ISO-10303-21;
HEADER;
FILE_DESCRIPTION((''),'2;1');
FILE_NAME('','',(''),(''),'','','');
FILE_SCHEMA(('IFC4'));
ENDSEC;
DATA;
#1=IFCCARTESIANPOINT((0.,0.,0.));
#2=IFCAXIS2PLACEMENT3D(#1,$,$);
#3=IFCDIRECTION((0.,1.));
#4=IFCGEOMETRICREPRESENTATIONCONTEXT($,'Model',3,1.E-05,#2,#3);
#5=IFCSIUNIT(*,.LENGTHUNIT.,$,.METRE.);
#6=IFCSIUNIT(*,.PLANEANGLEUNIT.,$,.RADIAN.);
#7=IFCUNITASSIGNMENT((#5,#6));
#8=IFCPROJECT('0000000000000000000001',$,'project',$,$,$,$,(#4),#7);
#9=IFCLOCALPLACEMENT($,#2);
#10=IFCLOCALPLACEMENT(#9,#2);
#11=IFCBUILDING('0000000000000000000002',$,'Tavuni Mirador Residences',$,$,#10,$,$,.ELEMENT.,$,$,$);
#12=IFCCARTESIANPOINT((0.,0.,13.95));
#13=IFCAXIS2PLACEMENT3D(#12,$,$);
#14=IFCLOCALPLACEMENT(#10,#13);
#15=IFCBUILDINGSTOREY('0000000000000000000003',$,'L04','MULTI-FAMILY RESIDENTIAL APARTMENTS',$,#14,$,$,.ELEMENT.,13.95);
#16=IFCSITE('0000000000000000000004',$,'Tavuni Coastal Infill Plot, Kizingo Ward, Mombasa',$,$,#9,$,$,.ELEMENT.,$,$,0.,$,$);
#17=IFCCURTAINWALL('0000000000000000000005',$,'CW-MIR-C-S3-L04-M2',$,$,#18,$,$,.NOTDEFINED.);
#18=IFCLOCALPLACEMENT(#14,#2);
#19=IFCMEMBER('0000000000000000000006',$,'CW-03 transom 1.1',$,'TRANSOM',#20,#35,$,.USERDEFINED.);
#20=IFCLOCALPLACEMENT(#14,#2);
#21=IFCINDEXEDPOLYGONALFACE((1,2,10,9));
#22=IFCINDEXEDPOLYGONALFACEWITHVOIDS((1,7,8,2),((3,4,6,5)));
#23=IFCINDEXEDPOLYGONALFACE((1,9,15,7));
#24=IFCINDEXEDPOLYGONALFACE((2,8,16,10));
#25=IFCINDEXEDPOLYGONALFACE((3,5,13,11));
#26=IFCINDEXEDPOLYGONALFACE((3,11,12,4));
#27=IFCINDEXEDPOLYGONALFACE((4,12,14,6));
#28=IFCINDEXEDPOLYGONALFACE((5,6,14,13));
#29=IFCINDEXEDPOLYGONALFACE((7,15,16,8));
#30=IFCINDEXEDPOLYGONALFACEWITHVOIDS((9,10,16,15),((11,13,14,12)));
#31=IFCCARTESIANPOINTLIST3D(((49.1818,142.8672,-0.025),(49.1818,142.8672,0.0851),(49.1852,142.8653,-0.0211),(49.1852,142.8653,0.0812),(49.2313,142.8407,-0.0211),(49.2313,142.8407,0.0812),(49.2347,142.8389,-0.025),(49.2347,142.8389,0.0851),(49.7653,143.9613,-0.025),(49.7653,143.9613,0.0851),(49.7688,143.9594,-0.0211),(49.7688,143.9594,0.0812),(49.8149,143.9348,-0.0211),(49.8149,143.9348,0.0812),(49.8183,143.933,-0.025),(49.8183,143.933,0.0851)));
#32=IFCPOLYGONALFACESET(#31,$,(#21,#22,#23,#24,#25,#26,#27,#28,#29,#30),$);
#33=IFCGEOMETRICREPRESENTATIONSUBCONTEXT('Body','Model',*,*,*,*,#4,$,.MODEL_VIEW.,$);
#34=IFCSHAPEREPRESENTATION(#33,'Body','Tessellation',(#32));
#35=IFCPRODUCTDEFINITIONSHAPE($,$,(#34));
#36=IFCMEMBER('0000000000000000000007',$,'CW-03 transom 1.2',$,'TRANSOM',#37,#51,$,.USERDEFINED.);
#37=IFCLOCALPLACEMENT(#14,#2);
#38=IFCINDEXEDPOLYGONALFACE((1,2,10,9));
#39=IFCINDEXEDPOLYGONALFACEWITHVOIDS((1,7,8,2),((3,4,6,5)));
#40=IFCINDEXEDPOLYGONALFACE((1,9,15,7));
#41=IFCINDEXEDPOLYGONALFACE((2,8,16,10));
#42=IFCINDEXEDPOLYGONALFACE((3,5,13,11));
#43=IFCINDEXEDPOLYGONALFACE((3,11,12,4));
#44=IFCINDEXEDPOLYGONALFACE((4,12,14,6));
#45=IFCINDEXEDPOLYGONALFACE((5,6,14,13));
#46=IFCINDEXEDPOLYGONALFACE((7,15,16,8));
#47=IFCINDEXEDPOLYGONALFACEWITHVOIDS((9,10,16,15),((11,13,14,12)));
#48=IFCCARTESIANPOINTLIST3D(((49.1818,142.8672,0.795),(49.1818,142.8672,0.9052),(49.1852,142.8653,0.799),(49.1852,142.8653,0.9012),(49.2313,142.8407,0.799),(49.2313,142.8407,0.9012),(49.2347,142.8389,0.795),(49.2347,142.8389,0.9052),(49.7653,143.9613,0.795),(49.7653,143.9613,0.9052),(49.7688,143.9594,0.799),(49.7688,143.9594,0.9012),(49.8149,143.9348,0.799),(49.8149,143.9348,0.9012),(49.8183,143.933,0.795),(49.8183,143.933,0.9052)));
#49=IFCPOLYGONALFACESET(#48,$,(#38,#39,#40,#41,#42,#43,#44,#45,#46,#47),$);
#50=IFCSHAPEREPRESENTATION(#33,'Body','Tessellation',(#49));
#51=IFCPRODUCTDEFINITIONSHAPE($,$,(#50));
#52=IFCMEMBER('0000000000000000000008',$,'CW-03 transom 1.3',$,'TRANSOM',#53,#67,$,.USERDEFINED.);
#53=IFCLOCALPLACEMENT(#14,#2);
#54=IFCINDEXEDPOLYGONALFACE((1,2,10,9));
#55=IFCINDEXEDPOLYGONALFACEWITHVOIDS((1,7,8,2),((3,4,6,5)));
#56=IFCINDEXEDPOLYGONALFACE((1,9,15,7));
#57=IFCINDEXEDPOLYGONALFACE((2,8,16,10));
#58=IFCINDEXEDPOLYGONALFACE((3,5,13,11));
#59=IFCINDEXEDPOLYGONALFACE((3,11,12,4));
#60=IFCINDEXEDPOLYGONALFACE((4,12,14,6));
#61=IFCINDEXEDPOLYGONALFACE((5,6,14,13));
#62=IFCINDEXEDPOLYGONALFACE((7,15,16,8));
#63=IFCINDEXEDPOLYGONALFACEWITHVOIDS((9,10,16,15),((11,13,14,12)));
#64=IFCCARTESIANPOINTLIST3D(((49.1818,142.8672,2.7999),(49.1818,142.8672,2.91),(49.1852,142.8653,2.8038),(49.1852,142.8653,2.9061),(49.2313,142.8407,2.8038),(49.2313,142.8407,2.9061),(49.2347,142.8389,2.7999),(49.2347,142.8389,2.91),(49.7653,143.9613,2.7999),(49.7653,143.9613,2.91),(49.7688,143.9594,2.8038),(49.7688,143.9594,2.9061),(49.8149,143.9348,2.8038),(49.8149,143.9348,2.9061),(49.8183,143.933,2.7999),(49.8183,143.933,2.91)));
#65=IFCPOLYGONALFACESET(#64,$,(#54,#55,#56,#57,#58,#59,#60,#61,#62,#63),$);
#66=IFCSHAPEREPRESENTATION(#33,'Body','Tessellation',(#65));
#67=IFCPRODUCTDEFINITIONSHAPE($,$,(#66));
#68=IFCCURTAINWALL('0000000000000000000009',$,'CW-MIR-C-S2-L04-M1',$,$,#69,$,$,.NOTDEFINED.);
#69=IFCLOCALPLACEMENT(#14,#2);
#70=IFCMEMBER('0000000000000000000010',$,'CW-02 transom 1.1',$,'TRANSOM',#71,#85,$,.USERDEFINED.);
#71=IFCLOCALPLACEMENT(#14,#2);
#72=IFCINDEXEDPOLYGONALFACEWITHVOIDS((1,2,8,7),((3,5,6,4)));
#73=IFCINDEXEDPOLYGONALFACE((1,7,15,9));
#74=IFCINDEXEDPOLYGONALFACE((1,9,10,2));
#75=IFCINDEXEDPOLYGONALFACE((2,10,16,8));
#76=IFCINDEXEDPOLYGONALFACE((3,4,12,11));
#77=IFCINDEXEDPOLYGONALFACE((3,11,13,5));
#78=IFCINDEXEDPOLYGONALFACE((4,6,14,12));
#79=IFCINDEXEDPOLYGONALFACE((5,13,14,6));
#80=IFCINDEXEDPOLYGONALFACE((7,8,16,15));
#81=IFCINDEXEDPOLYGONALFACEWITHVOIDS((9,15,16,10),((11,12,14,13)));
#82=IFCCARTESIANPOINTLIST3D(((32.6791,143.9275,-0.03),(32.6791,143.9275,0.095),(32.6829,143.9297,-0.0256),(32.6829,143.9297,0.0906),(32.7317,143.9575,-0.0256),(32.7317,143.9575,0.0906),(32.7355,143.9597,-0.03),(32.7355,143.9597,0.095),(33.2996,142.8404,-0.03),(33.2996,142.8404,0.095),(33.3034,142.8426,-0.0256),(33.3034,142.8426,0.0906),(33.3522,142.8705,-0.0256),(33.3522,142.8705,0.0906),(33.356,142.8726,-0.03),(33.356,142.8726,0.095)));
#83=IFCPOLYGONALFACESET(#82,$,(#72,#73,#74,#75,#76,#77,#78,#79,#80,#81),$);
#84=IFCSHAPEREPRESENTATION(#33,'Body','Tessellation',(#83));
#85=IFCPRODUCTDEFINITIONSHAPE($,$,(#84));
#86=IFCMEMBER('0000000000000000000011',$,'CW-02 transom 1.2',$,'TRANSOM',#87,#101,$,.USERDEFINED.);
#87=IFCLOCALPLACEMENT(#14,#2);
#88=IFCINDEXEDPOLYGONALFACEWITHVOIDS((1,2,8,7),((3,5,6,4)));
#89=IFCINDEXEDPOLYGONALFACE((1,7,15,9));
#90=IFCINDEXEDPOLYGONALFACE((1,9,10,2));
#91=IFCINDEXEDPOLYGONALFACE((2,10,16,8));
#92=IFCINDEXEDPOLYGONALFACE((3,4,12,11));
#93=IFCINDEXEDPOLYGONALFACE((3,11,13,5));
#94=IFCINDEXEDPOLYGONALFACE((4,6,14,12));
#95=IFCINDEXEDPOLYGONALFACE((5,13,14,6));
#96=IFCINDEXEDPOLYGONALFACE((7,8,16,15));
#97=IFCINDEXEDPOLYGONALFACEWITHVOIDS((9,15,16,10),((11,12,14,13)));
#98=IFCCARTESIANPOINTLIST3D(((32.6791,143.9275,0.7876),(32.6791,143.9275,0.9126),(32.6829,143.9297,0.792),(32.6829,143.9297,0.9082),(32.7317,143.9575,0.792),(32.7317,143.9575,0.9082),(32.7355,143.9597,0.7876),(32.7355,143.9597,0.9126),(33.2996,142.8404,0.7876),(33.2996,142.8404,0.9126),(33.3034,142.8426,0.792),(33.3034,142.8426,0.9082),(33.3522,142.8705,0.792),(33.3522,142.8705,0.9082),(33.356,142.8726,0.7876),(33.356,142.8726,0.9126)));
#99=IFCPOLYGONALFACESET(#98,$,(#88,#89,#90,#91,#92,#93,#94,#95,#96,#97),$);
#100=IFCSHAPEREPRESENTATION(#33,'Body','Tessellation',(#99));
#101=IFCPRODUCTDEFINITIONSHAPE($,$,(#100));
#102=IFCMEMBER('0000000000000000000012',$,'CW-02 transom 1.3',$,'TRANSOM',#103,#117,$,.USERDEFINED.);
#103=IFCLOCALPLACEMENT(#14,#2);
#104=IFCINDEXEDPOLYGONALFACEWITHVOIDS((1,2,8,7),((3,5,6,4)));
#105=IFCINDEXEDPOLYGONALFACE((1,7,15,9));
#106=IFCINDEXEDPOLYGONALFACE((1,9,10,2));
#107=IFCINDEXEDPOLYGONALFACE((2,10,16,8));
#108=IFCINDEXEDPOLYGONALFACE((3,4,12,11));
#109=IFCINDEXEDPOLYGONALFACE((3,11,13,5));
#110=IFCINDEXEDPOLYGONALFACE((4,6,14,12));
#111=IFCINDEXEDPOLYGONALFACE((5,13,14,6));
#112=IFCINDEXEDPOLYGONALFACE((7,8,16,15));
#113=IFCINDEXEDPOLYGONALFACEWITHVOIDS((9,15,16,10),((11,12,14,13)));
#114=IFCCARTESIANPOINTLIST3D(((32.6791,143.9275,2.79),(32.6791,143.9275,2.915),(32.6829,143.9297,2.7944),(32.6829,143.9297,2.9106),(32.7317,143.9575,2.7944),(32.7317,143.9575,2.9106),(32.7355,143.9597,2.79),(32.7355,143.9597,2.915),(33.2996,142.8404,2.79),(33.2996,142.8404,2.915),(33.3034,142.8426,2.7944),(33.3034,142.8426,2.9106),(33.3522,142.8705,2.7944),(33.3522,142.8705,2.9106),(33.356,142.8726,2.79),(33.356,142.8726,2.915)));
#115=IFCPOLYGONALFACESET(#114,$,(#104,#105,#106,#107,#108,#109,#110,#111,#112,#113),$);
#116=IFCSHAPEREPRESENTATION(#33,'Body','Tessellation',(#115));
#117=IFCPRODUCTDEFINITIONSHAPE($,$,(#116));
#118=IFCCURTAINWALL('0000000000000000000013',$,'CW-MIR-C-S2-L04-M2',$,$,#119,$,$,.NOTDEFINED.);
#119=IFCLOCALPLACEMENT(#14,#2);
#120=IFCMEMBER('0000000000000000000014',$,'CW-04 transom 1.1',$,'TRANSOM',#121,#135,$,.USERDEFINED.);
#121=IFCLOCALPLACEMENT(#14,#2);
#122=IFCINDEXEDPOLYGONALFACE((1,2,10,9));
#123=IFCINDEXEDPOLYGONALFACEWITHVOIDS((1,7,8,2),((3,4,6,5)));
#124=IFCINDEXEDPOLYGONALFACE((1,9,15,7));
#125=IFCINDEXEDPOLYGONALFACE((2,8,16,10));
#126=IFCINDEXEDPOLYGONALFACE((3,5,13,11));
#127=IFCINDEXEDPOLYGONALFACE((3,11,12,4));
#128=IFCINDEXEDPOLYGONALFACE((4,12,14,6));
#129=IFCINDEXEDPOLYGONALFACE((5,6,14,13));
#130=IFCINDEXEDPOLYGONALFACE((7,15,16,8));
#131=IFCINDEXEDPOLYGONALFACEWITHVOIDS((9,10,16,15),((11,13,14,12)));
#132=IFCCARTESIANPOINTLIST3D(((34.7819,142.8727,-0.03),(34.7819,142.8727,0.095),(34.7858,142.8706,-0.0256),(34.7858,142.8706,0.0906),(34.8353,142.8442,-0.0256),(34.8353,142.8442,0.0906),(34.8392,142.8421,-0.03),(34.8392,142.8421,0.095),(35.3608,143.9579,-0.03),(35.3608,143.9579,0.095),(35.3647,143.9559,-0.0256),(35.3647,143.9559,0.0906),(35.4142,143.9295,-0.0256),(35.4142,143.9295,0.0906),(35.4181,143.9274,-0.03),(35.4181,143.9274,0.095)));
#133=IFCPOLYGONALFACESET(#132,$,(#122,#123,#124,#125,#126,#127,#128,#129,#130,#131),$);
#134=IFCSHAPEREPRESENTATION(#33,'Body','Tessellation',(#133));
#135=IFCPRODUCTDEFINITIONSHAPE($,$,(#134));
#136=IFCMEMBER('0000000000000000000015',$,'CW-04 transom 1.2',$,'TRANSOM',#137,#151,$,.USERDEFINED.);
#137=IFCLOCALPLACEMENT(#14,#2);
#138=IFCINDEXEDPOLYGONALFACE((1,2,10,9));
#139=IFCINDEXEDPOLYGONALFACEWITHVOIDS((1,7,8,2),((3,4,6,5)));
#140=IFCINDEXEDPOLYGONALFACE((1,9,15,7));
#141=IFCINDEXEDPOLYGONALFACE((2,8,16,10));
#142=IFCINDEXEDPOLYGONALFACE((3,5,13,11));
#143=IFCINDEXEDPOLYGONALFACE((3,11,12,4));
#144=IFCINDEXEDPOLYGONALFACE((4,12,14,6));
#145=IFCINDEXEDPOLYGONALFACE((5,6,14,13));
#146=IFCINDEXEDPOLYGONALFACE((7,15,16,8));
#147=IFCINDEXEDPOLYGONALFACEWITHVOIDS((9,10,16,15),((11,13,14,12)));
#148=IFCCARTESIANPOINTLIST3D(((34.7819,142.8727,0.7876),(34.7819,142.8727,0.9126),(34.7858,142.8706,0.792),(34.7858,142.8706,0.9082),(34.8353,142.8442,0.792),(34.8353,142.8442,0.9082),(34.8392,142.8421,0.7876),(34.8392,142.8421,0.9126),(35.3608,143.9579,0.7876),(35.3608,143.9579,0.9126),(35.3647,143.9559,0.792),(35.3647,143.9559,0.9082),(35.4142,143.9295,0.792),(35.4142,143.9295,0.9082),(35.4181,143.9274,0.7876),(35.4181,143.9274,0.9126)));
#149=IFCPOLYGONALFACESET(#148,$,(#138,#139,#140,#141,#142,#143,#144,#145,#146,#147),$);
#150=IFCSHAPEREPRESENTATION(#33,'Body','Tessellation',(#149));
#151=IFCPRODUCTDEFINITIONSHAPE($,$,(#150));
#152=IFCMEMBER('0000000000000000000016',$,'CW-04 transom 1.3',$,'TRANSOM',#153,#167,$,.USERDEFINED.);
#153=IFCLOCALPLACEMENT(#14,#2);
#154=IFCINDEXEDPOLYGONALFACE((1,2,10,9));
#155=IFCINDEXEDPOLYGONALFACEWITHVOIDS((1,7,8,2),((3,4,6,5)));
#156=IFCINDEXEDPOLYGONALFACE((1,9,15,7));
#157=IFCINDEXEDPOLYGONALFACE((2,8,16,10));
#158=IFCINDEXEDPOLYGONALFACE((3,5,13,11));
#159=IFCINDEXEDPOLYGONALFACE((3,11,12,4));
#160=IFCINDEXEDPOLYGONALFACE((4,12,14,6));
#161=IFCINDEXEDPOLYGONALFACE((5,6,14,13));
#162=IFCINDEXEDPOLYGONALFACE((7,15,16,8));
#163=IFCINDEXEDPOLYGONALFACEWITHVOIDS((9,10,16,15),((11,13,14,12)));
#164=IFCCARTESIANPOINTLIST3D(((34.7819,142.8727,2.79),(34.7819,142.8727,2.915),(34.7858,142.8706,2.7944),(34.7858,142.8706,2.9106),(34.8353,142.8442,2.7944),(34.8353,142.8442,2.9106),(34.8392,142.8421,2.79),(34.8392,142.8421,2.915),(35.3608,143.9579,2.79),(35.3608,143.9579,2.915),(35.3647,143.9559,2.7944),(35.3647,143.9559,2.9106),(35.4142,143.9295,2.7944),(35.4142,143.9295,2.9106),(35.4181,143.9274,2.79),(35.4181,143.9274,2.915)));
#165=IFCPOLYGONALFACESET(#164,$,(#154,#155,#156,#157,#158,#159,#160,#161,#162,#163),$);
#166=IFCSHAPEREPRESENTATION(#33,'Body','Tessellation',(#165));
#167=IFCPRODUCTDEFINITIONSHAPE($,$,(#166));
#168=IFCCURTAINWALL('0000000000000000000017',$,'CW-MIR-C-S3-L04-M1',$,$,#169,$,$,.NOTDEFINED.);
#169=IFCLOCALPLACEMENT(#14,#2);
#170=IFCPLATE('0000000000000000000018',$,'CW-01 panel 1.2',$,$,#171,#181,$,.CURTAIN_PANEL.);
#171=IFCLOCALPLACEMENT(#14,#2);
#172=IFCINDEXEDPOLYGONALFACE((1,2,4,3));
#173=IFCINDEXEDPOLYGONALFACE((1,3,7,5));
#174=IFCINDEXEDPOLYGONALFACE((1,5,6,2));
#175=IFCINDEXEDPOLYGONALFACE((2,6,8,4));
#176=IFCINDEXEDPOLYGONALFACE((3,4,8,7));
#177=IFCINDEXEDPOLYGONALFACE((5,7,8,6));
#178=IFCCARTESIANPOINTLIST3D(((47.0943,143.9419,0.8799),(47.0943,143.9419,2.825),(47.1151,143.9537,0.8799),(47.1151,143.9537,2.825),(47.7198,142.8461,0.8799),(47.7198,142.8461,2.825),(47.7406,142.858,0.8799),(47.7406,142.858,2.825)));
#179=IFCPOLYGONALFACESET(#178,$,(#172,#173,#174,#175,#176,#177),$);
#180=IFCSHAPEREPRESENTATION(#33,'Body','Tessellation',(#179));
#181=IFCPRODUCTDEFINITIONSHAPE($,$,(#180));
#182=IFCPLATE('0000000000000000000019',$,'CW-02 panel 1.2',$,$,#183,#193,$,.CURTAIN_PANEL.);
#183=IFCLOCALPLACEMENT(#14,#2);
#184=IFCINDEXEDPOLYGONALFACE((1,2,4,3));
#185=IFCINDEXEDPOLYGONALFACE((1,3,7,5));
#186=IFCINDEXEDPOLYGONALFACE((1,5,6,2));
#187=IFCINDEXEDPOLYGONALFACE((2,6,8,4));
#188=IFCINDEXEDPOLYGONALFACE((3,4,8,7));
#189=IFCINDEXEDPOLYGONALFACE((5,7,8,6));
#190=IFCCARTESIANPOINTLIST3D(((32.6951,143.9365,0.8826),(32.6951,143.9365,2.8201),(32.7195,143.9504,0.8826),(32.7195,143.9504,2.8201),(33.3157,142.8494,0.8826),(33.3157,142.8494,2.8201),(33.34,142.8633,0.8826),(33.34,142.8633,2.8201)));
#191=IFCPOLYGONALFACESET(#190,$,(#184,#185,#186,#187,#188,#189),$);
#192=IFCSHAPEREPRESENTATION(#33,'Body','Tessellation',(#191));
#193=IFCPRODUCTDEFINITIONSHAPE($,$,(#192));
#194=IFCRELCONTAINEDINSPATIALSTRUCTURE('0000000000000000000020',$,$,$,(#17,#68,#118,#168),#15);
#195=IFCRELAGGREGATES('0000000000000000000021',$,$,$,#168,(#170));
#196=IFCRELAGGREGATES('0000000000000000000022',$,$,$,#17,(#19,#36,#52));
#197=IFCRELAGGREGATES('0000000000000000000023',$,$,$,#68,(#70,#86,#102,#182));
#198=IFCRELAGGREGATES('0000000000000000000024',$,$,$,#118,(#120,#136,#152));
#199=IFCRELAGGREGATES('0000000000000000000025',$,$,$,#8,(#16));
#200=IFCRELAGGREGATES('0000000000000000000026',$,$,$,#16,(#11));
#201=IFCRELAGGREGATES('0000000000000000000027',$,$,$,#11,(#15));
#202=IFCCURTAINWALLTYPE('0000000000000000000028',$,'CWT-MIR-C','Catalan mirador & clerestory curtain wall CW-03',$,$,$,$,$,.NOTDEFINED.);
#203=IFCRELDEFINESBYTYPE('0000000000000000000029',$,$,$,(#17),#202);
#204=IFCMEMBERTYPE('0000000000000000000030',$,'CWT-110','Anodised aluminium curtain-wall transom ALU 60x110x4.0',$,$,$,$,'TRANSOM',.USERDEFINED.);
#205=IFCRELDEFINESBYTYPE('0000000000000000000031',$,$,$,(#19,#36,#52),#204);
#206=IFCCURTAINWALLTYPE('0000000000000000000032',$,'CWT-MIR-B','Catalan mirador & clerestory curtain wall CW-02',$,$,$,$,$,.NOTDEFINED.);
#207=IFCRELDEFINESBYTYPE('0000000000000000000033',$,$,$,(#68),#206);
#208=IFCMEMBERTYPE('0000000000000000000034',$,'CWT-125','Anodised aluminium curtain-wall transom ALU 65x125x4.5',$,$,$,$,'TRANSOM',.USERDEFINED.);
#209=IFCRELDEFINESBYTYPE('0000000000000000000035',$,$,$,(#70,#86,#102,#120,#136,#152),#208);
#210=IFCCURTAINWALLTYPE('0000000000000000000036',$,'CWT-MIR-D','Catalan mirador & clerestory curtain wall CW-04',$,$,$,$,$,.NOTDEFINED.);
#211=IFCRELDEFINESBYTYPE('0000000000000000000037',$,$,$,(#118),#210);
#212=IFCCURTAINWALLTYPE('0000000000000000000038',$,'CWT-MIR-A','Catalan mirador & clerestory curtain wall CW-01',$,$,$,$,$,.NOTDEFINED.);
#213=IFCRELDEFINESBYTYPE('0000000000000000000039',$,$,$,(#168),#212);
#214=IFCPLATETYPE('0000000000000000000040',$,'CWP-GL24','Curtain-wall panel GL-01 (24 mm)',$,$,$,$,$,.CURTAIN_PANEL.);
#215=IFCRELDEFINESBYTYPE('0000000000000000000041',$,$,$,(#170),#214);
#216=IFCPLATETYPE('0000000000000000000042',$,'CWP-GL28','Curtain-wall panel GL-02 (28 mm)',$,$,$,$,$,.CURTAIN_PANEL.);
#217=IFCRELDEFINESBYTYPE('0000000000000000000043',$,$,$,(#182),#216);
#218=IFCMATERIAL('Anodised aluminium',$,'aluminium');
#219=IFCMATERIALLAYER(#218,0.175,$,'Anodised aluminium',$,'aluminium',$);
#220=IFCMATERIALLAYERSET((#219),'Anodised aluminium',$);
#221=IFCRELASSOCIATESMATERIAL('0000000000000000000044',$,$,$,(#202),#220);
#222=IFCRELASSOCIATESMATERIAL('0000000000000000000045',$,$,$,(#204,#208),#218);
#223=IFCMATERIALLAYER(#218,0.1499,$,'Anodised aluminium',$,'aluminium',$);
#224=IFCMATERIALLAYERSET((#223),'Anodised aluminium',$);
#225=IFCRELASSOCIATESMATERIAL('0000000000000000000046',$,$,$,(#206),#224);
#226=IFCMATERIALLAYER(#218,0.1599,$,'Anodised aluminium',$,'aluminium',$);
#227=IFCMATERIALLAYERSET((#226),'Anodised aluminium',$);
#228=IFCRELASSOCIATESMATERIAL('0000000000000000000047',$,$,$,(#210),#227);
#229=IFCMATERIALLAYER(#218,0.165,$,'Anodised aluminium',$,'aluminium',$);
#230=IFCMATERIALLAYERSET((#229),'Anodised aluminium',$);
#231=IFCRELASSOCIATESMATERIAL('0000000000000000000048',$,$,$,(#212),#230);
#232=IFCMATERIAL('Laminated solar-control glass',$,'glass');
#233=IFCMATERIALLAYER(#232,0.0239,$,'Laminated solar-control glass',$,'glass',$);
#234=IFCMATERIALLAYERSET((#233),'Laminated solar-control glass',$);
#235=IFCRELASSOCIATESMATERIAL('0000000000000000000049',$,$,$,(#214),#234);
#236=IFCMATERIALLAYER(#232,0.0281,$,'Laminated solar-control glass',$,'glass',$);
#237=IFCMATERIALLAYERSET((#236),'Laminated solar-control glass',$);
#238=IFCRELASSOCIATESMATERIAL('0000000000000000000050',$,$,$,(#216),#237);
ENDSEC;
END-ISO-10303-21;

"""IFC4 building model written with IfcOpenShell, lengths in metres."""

from ifc_helpers import new_model, si_unit, direction, frame, origin, origin_2d, place, context, subcontext, project, spatial, rectangle, hollow_rectangle, extrude, material, layer, layer_set, material_profile, profile_set, type_object, element, aggregate, save


model = new_model("IFC4")

# Units and contexts
model_context = context("Model", 3, precision=1e-05, world=origin(), true_north=direction((0.0, 1.0)))
body_context = subcontext(model_context, "Body", "Model", "MODEL_VIEW")
ifc_project = project(units=[si_unit("LENGTHUNIT", "METRE"), si_unit("PLANEANGLEUNIT", "RADIAN")], contexts=[model_context])

# Site, building, storey
site_placement = place(None, origin())
site = spatial("IfcSite", under=ifc_project, at=site_placement, Name="Tavuni Coastal Infill Plot, Kizingo Ward, Mombasa", CompositionType="ELEMENT", RefElevation=0.0)
building_placement = place(site_placement, origin())
building = spatial("IfcBuilding", under=site, at=building_placement, Name="Tavuni Mirador Residences", CompositionType="ELEMENT")
storey_placement = place(building_placement, frame((0.0, 0.0, 13.95)))
storey = spatial("IfcBuildingStorey", under=building, at=storey_placement, Name="L04", Description="MULTI-FAMILY RESIDENTIAL APARTMENTS", CompositionType="ELEMENT", Elevation=13.95)

# Curtain walls, members
ifc_material_1 = material(Name="Anodised aluminium", Category="aluminium")
ifc_layer_1 = layer(ifc_material_1, 0.175, Name="Anodised aluminium", Category="aluminium")
ifc_layer_set_1 = layer_set([ifc_layer_1], Name="Anodised aluminium")
curtain_wall_type_1 = type_object("IfcCurtainWallType", Name="CWT-MIR-C", Description="Catalan mirador & clerestory curtain wall CW-03", PredefinedType="NOTDEFINED", material=ifc_layer_set_1)
curtain_wall_1_placement = place(storey_placement, origin())
curtain_wall_1 = element("IfcCurtainWall", 1, at=curtain_wall_1_placement, inside=storey, type_object=curtain_wall_type_1, Name="CW-MIR-C-S3-L04-M2", PredefinedType="NOTDEFINED")
ifc_material_profile_1 = material_profile(ifc_material_1, hollow_rectangle(XDim=0.0601, YDim=0.1101, WallThickness=0.0039, at=origin_2d()), Name="ALU 60x110x4.0", Category="aluminium")
ifc_profile_set_1 = profile_set([ifc_material_profile_1], Name="Anodised aluminium")
member_type_1 = type_object("IfcMemberType", Name="CWT-110", Description="Anodised aluminium curtain-wall transom ALU 60x110x4.0", ElementType="TRANSOM", PredefinedType="USERDEFINED", material=ifc_profile_set_1)
member_1_placement = place(storey_placement, frame((49.2083, 142.853, 0.03), z_axis=(0.470609, 0.882342, 0.0), x_axis=(-0.882342, 0.470609, 0.0)))
member_1 = element("IfcMember", 2, at=member_1_placement, type_object=member_type_1, Name="CW-03 transom 1.1", ObjectType="TRANSOM", PredefinedType="USERDEFINED", context=body_context, shape_type="SweptSolid", body=[
    extrude(hollow_rectangle(XDim=0.0601, YDim=0.1101, WallThickness=0.0039, at=origin_2d()), origin(), (0.0, 0.0, 1.0), 1.24),
])
member_2_placement = place(storey_placement, frame((49.2083, 142.853, 0.8501), z_axis=(0.470609, 0.882342, 0.0), x_axis=(-0.882342, 0.470609, 0.0)))
member_2 = element("IfcMember", 3, at=member_2_placement, type_object=member_type_1, Name="CW-03 transom 1.2", ObjectType="TRANSOM", PredefinedType="USERDEFINED", context=body_context, shape_type="SweptSolid", body=[
    extrude(hollow_rectangle(XDim=0.0601, YDim=0.1101, WallThickness=0.0039, at=origin_2d()), origin(), (0.0, 0.0, 1.0), 1.24),
])
member_3_placement = place(storey_placement, frame((49.2083, 142.853, 2.855), z_axis=(0.470609, 0.882342, 0.0), x_axis=(-0.882342, 0.470609, 0.0)))
member_3 = element("IfcMember", 4, at=member_3_placement, type_object=member_type_1, Name="CW-03 transom 1.3", ObjectType="TRANSOM", PredefinedType="USERDEFINED", context=body_context, shape_type="SweptSolid", body=[
    extrude(hollow_rectangle(XDim=0.0601, YDim=0.1101, WallThickness=0.0039, at=origin_2d()), origin(), (0.0, 0.0, 1.0), 1.24),
])
ifc_layer_2 = layer(ifc_material_1, 0.1499, Name="Anodised aluminium", Category="aluminium")
ifc_layer_set_2 = layer_set([ifc_layer_2], Name="Anodised aluminium")
curtain_wall_type_2 = type_object("IfcCurtainWallType", Name="CWT-MIR-B", Description="Catalan mirador & clerestory curtain wall CW-02", PredefinedType="NOTDEFINED", material=ifc_layer_set_2)
curtain_wall_2_placement = place(storey_placement, origin())
curtain_wall_2 = element("IfcCurtainWall", 5, at=curtain_wall_2_placement, inside=storey, type_object=curtain_wall_type_2, Name="CW-MIR-C-S2-L04-M1", PredefinedType="NOTDEFINED")
ifc_material_profile_2 = material_profile(ifc_material_1, hollow_rectangle(XDim=0.0649, YDim=0.125, WallThickness=0.0044, at=origin_2d()), Name="ALU 65x125x4.5", Category="aluminium")
ifc_profile_set_2 = profile_set([ifc_material_profile_2], Name="Anodised aluminium")
member_type_2 = type_object("IfcMemberType", Name="CWT-125", Description="Anodised aluminium curtain-wall transom ALU 65x125x4.5", ElementType="TRANSOM", PredefinedType="USERDEFINED", material=ifc_profile_set_2)
member_4_placement = place(storey_placement, frame((32.7073, 143.9436, 0.0325), z_axis=(0.495761, -0.868459, 0.0), x_axis=(0.868459, 0.495761, 0.0)))
member_4 = element("IfcMember", 6, at=member_4_placement, type_object=member_type_2, Name="CW-02 transom 1.1", ObjectType="TRANSOM", PredefinedType="USERDEFINED", context=body_context, shape_type="SweptSolid", body=[
    extrude(hollow_rectangle(XDim=0.0649, YDim=0.125, WallThickness=0.0044, at=origin_2d()), origin(), (0.0, 0.0, 1.0), 1.2517),
])
member_5_placement = place(storey_placement, frame((32.7073, 143.9436, 0.8501), z_axis=(0.495761, -0.868459, 0.0), x_axis=(0.868459, 0.495761, 0.0)))
member_5 = element("IfcMember", 7, at=member_5_placement, type_object=member_type_2, Name="CW-02 transom 1.2", ObjectType="TRANSOM", PredefinedType="USERDEFINED", context=body_context, shape_type="SweptSolid", body=[
    extrude(hollow_rectangle(XDim=0.0649, YDim=0.125, WallThickness=0.0044, at=origin_2d()), origin(), (0.0, 0.0, 1.0), 1.2517),
])
member_6_placement = place(storey_placement, frame((32.7073, 143.9436, 2.8525), z_axis=(0.495761, -0.868459, 0.0), x_axis=(0.868459, 0.495761, 0.0)))
member_6 = element("IfcMember", 8, at=member_6_placement, type_object=member_type_2, Name="CW-02 transom 1.3", ObjectType="TRANSOM", PredefinedType="USERDEFINED", context=body_context, shape_type="SweptSolid", body=[
    extrude(hollow_rectangle(XDim=0.0649, YDim=0.125, WallThickness=0.0044, at=origin_2d()), origin(), (0.0, 0.0, 1.0), 1.2517),
])
ifc_layer_3 = layer(ifc_material_1, 0.1599, Name="Anodised aluminium", Category="aluminium")
ifc_layer_set_3 = layer_set([ifc_layer_3], Name="Anodised aluminium")
curtain_wall_type_3 = type_object("IfcCurtainWallType", Name="CWT-MIR-D", Description="Catalan mirador & clerestory curtain wall CW-04", PredefinedType="NOTDEFINED", material=ifc_layer_set_3)
curtain_wall_3_placement = place(storey_placement, origin())
curtain_wall_3 = element("IfcCurtainWall", 9, at=curtain_wall_3_placement, inside=storey, type_object=curtain_wall_type_3, Name="CW-MIR-C-S2-L04-M2", PredefinedType="NOTDEFINED")
member_7_placement = place(storey_placement, frame((34.8105, 142.8574, 0.0325), z_axis=(0.47064, 0.882325, 0.0), x_axis=(-0.882325, 0.47064, 0.0)))
member_7 = element("IfcMember", 10, at=member_7_placement, type_object=member_type_2, Name="CW-04 transom 1.1", ObjectType="TRANSOM", PredefinedType="USERDEFINED", context=body_context, shape_type="SweptSolid", body=[
    extrude(hollow_rectangle(XDim=0.0649, YDim=0.125, WallThickness=0.0044, at=origin_2d()), origin(), (0.0, 0.0, 1.0), 1.23),
])
member_8_placement = place(storey_placement, frame((34.8105, 142.8574, 0.8501), z_axis=(0.47064, 0.882325, 0.0), x_axis=(-0.882325, 0.47064, 0.0)))
member_8 = element("IfcMember", 11, at=member_8_placement, type_object=member_type_2, Name="CW-04 transom 1.2", ObjectType="TRANSOM", PredefinedType="USERDEFINED", context=body_context, shape_type="SweptSolid", body=[
    extrude(hollow_rectangle(XDim=0.0649, YDim=0.125, WallThickness=0.0044, at=origin_2d()), origin(), (0.0, 0.0, 1.0), 1.23),
])
member_9_placement = place(storey_placement, frame((34.8105, 142.8574, 2.8525), z_axis=(0.47064, 0.882325, 0.0), x_axis=(-0.882325, 0.47064, 0.0)))
member_9 = element("IfcMember", 12, at=member_9_placement, type_object=member_type_2, Name="CW-04 transom 1.3", ObjectType="TRANSOM", PredefinedType="USERDEFINED", context=body_context, shape_type="SweptSolid", body=[
    extrude(hollow_rectangle(XDim=0.0649, YDim=0.125, WallThickness=0.0044, at=origin_2d()), origin(), (0.0, 0.0, 1.0), 1.23),
])

# Curtain wall, plate
ifc_layer_4 = layer(ifc_material_1, 0.165, Name="Anodised aluminium", Category="aluminium")
ifc_layer_set_4 = layer_set([ifc_layer_4], Name="Anodised aluminium")
curtain_wall_type_4 = type_object("IfcCurtainWallType", Name="CWT-MIR-A", Description="Catalan mirador & clerestory curtain wall CW-01", PredefinedType="NOTDEFINED", material=ifc_layer_set_4)
curtain_wall_4_placement = place(storey_placement, origin())
curtain_wall_4 = element("IfcCurtainWall", 13, at=curtain_wall_4_placement, inside=storey, type_object=curtain_wall_type_4, Name="CW-MIR-C-S3-L04-M1", PredefinedType="NOTDEFINED")
ifc_material_2 = material(Name="Laminated solar-control glass", Category="glass")
ifc_layer_5 = layer(ifc_material_2, 0.0239, Name="Laminated solar-control glass", Category="glass")
ifc_layer_set_5 = layer_set([ifc_layer_5], Name="Laminated solar-control glass")
plate_type_1 = type_object("IfcPlateType", Name="CWP-GL24", Description="Curtain-wall panel GL-01 (24 mm)", PredefinedType="CURTAIN_PANEL", material=ifc_layer_set_5)
plate_1_placement = place(storey_placement, frame((47.4175, 143.3999, 0.8799), z_axis=(0.0, 0.0, 1.0), x_axis=(0.495749, -0.868466, 0.0)))
plate_1 = element("IfcPlate", 14, at=plate_1_placement, type_object=plate_type_1, Name="CW-01 panel 1.2", PredefinedType="CURTAIN_PANEL", context=body_context, shape_type="SweptSolid", body=[
    extrude(rectangle(XDim=1.2617, YDim=0.0239, at=origin_2d()), origin(), (0.0, 0.0, 1.0), 1.9451),
])

# Plate
ifc_layer_6 = layer(ifc_material_2, 0.0281, Name="Laminated solar-control glass", Category="glass")
ifc_layer_set_6 = layer_set([ifc_layer_6], Name="Laminated solar-control glass")
plate_type_2 = type_object("IfcPlateType", Name="CWP-GL28", Description="Curtain-wall panel GL-02 (28 mm)", PredefinedType="CURTAIN_PANEL", material=ifc_layer_set_6)
plate_2_placement = place(storey_placement, frame((33.0176, 143.3999, 0.8826), z_axis=(0.0, 0.0, 1.0), x_axis=(0.495749, -0.868466, 0.0)))
plate_2 = element("IfcPlate", 15, at=plate_2_placement, type_object=plate_type_2, Name="CW-02 panel 1.2", PredefinedType="CURTAIN_PANEL", context=body_context, shape_type="SweptSolid", body=[
    extrude(rectangle(XDim=1.2517, YDim=0.0281, at=origin_2d()), origin(), (0.0, 0.0, 1.0), 1.9375),
])
aggregate(curtain_wall_4, [plate_1])
aggregate(curtain_wall_1, [member_1, member_2, member_3])
aggregate(curtain_wall_2, [member_4, member_5, member_6, plate_2])
aggregate(curtain_wall_3, [member_7, member_8, member_9])

save(model, "model.ifc")
